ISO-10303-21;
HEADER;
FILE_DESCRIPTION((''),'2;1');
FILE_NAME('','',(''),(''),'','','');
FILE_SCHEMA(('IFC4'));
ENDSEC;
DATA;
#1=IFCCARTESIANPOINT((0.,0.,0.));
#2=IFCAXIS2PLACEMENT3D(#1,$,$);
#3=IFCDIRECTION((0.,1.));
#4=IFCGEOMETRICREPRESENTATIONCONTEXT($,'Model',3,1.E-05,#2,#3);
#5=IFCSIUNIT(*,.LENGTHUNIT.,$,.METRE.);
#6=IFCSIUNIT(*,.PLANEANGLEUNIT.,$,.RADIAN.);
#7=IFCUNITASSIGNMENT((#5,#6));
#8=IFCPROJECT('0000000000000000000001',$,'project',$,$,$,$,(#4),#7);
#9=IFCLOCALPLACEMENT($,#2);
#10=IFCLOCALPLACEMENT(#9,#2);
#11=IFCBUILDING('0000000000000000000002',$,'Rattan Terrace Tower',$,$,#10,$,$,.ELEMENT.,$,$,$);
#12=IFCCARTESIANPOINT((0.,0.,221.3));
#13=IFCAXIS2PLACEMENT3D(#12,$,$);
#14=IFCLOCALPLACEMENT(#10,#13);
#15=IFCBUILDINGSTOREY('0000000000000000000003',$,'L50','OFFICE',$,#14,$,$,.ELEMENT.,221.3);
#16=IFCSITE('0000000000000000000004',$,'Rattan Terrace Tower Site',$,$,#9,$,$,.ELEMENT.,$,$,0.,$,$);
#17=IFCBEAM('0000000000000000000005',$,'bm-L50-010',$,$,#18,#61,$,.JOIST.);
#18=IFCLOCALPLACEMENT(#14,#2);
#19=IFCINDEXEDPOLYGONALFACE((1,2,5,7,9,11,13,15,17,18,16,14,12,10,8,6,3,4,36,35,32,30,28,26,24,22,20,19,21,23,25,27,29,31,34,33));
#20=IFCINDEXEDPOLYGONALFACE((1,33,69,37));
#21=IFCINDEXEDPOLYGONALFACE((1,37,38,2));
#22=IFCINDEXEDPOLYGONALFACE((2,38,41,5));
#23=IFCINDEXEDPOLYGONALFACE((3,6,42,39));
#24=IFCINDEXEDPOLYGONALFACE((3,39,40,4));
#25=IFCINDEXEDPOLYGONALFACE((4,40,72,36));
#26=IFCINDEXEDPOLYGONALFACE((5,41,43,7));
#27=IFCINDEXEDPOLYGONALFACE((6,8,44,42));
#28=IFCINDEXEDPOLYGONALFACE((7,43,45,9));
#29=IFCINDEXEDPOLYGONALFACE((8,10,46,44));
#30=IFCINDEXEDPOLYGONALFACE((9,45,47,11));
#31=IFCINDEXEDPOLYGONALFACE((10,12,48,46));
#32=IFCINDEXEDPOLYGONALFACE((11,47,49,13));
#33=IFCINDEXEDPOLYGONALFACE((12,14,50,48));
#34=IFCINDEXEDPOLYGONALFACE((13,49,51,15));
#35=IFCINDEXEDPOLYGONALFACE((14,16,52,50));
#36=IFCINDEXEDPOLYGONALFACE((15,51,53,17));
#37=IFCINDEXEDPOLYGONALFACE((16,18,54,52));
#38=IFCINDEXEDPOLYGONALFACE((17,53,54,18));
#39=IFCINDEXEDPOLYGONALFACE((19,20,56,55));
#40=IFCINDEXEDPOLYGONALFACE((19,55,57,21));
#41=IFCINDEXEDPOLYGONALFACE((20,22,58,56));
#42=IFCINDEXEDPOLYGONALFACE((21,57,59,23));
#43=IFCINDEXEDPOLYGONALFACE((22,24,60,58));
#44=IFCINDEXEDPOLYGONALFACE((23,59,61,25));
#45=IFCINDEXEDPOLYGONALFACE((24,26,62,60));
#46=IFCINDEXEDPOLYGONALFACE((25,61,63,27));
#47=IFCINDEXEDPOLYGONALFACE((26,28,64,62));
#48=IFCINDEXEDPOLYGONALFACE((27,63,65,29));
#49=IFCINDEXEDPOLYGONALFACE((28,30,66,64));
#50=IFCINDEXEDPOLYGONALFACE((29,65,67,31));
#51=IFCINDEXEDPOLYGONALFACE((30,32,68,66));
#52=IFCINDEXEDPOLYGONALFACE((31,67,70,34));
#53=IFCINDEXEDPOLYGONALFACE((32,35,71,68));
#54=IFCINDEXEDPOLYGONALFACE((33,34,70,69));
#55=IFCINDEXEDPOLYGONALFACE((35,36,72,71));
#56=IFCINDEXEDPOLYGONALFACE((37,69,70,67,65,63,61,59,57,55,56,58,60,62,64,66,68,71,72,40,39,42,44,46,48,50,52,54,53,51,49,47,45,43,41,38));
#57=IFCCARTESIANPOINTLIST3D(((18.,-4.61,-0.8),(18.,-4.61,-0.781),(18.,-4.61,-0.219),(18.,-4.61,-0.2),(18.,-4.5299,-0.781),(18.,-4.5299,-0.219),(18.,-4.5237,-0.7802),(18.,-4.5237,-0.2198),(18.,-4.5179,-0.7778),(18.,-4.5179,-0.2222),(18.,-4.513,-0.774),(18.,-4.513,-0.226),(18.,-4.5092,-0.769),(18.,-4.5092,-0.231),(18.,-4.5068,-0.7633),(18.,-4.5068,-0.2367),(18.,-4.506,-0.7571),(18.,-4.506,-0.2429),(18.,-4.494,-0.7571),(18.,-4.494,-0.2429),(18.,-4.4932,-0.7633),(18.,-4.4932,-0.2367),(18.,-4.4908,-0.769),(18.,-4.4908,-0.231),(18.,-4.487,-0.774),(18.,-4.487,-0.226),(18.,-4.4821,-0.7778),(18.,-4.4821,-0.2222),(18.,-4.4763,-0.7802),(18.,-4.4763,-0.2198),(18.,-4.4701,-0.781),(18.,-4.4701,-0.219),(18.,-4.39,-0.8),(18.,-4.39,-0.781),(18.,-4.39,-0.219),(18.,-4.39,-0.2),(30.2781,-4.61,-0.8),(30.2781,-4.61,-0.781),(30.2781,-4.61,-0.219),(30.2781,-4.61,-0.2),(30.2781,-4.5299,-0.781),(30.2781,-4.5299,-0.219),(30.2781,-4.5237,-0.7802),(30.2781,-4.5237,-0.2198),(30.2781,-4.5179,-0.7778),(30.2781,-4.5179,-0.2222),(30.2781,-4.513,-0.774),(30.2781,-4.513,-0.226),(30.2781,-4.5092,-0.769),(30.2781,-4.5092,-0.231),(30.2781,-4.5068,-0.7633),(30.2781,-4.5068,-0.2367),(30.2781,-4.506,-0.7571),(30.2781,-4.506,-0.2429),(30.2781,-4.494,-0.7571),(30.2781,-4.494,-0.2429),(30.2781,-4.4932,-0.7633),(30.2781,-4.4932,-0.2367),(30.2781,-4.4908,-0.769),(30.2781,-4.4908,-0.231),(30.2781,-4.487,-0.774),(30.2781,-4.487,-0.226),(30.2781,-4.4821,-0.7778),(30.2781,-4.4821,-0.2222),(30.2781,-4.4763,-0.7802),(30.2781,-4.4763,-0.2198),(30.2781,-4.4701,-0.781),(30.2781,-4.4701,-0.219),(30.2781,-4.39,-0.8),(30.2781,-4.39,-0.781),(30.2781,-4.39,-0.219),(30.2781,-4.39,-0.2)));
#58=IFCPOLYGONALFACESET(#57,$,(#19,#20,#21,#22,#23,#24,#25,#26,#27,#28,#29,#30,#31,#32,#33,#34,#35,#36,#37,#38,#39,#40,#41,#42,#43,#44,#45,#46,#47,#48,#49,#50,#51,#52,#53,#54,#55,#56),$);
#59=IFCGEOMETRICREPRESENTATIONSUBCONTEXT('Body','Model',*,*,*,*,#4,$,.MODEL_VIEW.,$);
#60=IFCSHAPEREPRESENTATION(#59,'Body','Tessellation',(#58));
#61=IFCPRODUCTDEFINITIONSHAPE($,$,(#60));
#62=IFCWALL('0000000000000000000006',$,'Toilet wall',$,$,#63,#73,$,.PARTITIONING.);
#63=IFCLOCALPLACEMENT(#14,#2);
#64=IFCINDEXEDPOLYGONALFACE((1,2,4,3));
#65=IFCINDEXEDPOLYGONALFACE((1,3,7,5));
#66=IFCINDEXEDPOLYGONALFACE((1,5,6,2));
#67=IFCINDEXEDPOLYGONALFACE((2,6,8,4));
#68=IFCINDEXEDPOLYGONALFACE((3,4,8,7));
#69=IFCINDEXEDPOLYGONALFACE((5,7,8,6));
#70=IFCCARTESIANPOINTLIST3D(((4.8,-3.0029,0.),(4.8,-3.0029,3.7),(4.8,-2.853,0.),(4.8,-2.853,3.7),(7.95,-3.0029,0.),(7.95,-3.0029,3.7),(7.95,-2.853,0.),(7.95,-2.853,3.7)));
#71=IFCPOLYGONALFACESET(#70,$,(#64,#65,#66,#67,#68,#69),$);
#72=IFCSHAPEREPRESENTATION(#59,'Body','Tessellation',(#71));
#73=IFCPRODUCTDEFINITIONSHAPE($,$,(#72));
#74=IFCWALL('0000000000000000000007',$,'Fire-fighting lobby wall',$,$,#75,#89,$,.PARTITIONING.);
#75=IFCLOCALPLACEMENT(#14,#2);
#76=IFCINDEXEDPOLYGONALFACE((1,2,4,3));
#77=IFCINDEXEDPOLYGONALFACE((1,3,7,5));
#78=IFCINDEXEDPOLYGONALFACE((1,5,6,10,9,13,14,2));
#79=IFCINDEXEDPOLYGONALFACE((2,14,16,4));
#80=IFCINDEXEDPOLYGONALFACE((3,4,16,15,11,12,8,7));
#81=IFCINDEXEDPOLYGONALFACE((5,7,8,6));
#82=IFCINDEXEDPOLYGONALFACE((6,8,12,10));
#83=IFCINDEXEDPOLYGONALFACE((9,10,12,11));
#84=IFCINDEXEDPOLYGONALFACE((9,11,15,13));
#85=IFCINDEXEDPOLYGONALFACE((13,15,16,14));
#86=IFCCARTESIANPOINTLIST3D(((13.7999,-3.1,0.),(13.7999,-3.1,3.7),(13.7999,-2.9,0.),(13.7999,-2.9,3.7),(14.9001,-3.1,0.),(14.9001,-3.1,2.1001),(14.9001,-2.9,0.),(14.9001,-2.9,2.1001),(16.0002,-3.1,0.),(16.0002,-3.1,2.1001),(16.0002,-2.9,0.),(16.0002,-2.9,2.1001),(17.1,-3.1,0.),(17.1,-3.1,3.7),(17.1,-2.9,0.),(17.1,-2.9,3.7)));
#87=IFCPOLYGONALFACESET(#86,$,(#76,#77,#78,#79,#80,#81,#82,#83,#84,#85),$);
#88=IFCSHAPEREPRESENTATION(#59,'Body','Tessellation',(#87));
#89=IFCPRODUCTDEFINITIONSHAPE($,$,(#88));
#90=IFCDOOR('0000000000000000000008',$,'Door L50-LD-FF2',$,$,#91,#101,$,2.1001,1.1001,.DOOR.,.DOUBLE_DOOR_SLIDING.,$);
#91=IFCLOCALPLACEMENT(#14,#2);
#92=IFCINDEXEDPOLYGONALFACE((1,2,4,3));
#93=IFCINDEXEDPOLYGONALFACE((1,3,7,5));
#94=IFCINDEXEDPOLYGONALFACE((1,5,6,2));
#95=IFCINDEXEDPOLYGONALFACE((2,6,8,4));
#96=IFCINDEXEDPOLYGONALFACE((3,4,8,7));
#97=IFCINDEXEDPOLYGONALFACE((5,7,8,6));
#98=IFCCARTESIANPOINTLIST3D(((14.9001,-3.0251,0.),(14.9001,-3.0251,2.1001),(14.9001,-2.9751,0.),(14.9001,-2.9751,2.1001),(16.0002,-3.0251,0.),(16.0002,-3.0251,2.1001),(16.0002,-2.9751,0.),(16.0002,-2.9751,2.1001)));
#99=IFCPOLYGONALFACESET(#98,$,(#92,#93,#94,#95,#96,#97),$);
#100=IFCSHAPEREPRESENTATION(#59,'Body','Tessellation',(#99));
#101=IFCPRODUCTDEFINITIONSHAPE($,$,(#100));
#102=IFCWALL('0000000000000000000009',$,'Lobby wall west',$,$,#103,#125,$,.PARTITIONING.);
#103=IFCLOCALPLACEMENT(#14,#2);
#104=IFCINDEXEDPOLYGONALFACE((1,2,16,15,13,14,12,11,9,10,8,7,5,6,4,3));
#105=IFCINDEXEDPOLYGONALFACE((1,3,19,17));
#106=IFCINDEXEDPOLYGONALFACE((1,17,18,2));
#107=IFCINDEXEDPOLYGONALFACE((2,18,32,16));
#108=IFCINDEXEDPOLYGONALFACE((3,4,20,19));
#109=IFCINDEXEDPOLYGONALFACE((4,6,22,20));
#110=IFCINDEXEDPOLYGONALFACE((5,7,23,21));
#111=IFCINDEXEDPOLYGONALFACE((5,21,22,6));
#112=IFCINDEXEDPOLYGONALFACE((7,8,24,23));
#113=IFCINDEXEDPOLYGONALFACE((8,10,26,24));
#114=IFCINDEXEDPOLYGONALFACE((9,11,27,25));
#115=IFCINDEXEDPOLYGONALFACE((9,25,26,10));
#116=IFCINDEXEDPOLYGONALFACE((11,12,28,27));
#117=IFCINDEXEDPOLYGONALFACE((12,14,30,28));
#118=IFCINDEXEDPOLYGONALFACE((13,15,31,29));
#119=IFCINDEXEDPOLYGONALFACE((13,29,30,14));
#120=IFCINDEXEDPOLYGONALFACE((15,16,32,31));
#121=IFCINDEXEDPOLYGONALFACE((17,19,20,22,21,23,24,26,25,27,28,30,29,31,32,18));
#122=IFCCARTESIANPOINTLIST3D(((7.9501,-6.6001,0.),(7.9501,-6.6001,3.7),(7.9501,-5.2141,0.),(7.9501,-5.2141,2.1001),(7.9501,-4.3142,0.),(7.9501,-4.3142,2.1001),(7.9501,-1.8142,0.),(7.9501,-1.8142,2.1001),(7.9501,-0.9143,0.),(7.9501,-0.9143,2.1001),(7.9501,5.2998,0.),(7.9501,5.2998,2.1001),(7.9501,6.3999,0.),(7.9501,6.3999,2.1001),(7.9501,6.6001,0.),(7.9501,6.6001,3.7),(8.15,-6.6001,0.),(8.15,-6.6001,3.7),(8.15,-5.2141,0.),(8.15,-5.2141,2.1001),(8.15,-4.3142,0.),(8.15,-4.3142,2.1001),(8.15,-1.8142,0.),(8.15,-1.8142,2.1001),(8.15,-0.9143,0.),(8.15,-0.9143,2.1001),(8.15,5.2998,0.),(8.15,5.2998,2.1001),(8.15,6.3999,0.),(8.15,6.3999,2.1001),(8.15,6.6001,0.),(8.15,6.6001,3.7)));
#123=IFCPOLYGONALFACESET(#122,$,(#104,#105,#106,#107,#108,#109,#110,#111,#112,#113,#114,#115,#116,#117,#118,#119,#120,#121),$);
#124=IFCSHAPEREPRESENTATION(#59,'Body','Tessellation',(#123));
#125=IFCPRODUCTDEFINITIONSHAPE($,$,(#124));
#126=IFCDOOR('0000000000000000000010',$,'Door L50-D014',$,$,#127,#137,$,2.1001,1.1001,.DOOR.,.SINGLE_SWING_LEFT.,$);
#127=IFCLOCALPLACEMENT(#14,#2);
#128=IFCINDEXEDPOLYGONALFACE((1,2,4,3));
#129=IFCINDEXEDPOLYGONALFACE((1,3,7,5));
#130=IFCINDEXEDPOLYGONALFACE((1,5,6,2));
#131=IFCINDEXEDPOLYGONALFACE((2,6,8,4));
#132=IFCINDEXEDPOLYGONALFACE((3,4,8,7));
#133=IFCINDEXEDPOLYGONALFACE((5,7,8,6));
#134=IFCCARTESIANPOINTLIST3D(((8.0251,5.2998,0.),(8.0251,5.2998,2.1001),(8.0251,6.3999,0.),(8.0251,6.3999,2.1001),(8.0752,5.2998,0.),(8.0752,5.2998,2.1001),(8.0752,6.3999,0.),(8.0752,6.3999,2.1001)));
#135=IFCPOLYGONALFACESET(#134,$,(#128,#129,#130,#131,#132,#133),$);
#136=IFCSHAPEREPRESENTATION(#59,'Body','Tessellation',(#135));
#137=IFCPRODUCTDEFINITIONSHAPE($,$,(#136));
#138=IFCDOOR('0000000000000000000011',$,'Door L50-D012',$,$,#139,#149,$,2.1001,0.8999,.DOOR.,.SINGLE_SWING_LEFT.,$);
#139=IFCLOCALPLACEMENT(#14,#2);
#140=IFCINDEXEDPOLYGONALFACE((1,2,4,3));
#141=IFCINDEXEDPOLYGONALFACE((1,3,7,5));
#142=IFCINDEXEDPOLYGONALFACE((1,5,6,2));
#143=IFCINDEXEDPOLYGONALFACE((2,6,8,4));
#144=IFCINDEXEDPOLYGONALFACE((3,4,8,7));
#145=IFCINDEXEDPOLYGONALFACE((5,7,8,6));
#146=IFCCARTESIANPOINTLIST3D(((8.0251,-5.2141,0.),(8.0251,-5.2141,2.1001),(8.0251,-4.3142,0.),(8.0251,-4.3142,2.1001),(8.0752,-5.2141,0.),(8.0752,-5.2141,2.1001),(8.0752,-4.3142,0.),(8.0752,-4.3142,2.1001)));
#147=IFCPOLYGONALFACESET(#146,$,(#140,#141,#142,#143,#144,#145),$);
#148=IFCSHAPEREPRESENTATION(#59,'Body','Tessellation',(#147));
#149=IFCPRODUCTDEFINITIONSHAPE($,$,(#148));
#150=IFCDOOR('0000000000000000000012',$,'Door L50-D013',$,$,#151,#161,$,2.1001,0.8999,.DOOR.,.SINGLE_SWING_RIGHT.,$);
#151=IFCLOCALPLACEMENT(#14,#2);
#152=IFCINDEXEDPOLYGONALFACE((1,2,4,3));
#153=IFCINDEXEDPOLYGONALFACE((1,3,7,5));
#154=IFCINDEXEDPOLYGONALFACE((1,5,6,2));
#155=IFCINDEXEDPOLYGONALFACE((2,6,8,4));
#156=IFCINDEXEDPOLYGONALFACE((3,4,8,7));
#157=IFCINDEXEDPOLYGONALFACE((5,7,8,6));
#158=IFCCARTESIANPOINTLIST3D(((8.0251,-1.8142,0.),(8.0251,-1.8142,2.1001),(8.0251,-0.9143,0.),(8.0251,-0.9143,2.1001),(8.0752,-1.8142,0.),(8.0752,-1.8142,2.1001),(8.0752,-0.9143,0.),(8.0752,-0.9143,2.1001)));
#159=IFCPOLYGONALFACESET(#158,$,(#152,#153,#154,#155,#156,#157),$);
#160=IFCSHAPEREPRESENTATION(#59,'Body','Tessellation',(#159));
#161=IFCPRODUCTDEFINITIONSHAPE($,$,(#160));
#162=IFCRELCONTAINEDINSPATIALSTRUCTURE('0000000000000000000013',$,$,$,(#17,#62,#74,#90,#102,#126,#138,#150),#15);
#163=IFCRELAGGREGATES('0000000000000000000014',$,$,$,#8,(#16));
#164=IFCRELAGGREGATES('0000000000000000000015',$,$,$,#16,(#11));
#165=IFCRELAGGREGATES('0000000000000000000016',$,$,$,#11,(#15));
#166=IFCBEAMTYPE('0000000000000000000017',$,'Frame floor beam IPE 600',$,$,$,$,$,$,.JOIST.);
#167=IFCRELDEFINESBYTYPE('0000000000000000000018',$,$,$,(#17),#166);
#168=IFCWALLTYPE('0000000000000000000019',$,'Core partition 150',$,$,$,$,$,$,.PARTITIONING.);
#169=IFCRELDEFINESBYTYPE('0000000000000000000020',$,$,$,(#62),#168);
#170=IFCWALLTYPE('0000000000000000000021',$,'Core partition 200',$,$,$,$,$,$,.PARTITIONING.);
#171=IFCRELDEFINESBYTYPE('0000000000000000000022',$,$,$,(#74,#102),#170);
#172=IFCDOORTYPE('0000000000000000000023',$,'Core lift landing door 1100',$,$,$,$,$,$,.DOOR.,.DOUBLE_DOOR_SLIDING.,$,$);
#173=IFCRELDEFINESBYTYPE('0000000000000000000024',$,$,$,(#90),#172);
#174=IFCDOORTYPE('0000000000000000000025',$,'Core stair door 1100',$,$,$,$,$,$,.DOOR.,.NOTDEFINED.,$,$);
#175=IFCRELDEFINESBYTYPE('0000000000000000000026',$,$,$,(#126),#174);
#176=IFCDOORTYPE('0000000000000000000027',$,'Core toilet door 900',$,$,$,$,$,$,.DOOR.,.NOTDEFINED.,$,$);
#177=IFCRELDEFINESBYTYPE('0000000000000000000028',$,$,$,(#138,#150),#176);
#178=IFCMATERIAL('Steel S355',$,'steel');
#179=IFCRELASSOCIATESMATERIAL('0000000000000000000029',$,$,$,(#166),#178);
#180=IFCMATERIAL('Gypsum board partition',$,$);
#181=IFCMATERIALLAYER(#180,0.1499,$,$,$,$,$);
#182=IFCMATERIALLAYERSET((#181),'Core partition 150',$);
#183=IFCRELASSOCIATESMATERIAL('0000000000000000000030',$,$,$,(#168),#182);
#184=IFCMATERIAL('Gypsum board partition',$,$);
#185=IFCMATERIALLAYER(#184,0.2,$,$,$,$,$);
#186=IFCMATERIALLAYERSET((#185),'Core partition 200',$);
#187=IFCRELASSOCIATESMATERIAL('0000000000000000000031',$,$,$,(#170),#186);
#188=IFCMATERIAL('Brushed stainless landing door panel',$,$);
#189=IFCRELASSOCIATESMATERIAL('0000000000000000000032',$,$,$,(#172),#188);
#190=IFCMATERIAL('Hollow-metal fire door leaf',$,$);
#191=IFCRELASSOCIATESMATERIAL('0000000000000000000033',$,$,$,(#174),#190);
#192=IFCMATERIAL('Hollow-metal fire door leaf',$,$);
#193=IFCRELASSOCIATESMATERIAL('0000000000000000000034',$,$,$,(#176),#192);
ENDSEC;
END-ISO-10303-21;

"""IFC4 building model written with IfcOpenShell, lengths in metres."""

from ifc_helpers import new_model, si_unit, direction, frame, frame_2d, origin, origin_2d, place, context, subcontext, project, spatial, rectangle, i_section, extrude, material, layer, layer_set, material_profile, profile_set, type_object, element, fill, save


model = new_model("IFC4")

# Units and contexts
model_context = context("Model", 3, precision=1e-05, world=origin(), true_north=direction((0.0, 1.0)))
body_context = subcontext(model_context, "Body", "Model", "MODEL_VIEW")
ifc_project = project(units=[si_unit("LENGTHUNIT", "METRE"), si_unit("PLANEANGLEUNIT", "RADIAN")], contexts=[model_context])

# Site, building, storey
site_placement = place(None, origin())
site = spatial("IfcSite", under=ifc_project, at=site_placement, Name="Rattan Terrace Tower Site", CompositionType="ELEMENT", RefElevation=0.0)
building_placement = place(site_placement, origin())
building = spatial("IfcBuilding", under=site, at=building_placement, Name="Rattan Terrace Tower", CompositionType="ELEMENT")
storey_placement = place(building_placement, frame((0.0, 0.0, 221.3)))
storey = spatial("IfcBuildingStorey", under=building, at=storey_placement, Name="L50", Description="OFFICE", CompositionType="ELEMENT", Elevation=221.3)

# Beam
ifc_material_1 = material(Name="Steel S355", Category="steel")
ifc_material_profile = material_profile(ifc_material_1, i_section(OverallWidth=0.22, OverallDepth=0.6001, WebThickness=0.012, FlangeThickness=0.019, FilletRadius=0.0239, at=origin_2d()), Name="IPE 600")
ifc_profile_set = profile_set([ifc_material_profile], Name="Steel S355")
beam_type = type_object("IfcBeamType", Name="Frame floor beam IPE 600", PredefinedType="JOIST", material=ifc_profile_set)
beam_placement = place(storey_placement, frame((18.0, -4.5, -0.5), z_axis=(1.0, 0.0, 0.0), x_axis=(0.0, 1.0, 0.0)))
element("IfcBeam", 1, at=beam_placement, inside=storey, type_object=beam_type, Name="bm-L50-010", PredefinedType="JOIST", context=body_context, shape_type="SweptSolid", body=[
    extrude(i_section(OverallWidth=0.22, OverallDepth=0.6001, WebThickness=0.012, FlangeThickness=0.019, FilletRadius=0.0239, at=origin_2d()), origin(), (0.0, 0.0, 1.0), 12.2781),
])

# Wall
ifc_material_2 = material(Name="Gypsum board partition")
ifc_layer_1 = layer(ifc_material_2, 0.1499)
ifc_layer_set_1 = layer_set([ifc_layer_1], Name="Core partition 150")
wall_type_1 = type_object("IfcWallType", Name="Core partition 150", PredefinedType="PARTITIONING", material=ifc_layer_set_1)
wall_1_placement = place(storey_placement, frame((4.8, -2.928, 0.0), z_axis=(0.0, 0.0, 1.0), x_axis=(1.0, 0.0, 0.0)))
element("IfcWall", 2, at=wall_1_placement, inside=storey, type_object=wall_type_1, Name="Toilet wall", PredefinedType="PARTITIONING", context=body_context, shape_type="SweptSolid", body=[
    extrude(rectangle(XDim=3.1499, YDim=0.1499, at=frame_2d((1.575, 0.0))), origin(), (0.0, 0.0, 1.0), 3.7),
])

# Wall, opening, door
ifc_material_3 = material(Name="Gypsum board partition")
ifc_layer_2 = layer(ifc_material_3, 0.2)
ifc_layer_set_2 = layer_set([ifc_layer_2], Name="Core partition 200")
wall_type_2 = type_object("IfcWallType", Name="Core partition 200", PredefinedType="PARTITIONING", material=ifc_layer_set_2)
wall_2_placement = place(storey_placement, frame((13.8, -3.0, 0.0), z_axis=(0.0, 0.0, 1.0), x_axis=(1.0, 0.0, 0.0)))
wall_2 = element("IfcWall", 3, at=wall_2_placement, inside=storey, type_object=wall_type_2, Name="Fire-fighting lobby wall", PredefinedType="PARTITIONING", context=body_context, shape_type="SweptSolid", body=[
    extrude(rectangle(XDim=3.3, YDim=0.2, at=frame_2d((1.6499, 0.0))), origin(), (0.0, 0.0, 1.0), 3.7),
])
opening_1_placement = place(wall_2_placement, frame((1.1001, 0.0, 0.0)))
opening_1 = element("IfcOpeningElement", 4, at=opening_1_placement, cuts=wall_2, PredefinedType="OPENING", context=body_context, shape_type="SweptSolid", body=[
    extrude(rectangle(XDim=1.1001, YDim=2.1001, at=frame_2d((0.55, 1.05))), frame((0.0, 0.1106, 0.0), z_axis=(0.0, -1.0, 0.0), x_axis=(1.0, 0.0, 0.0)), (0.0, 0.0, 1.0), 0.2209),
])
ifc_material_4 = material(Name="Brushed stainless landing door panel")
door_type_1 = type_object("IfcDoorType", Name="Core lift landing door 1100", OperationType="DOUBLE_DOOR_SLIDING", PredefinedType="DOOR", material=ifc_material_4)
door_1_placement = place(opening_1_placement, origin())
door_1 = element("IfcDoor", 5, at=door_1_placement, inside=storey, type_object=door_type_1, Name="Door L50-LD-FF2", OperationType="DOUBLE_DOOR_SLIDING", OverallHeight=2.1001, OverallWidth=1.1001, PredefinedType="DOOR", context=body_context, shape_type="SweptSolid", body=[
    extrude(rectangle(XDim=1.1001, YDim=2.1001, at=frame_2d((0.55, 1.05))), frame((0.0, 0.0249, 0.0), z_axis=(0.0, -1.0, 0.0), x_axis=(1.0, 0.0, 0.0)), (0.0, 0.0, 1.0), 0.05),
])
fill(opening_1, door_1)

# Wall, openings, doors
wall_3_placement = place(storey_placement, frame((8.05, -6.6001, 0.0), z_axis=(0.0, 0.0, 1.0), x_axis=(0.0, 1.0, 0.0)))
wall_3 = element("IfcWall", 6, at=wall_3_placement, inside=storey, type_object=wall_type_2, Name="Lobby wall west", PredefinedType="PARTITIONING", context=body_context, shape_type="SweptSolid", body=[
    extrude(rectangle(XDim=13.2002, YDim=0.2, at=frame_2d((6.6001, 0.0))), origin(), (0.0, 0.0, 1.0), 3.7),
])
opening_2_placement = place(wall_3_placement, frame((1.386, 0.0, 0.0)))
opening_2 = element("IfcOpeningElement", 7, at=opening_2_placement, cuts=wall_3, PredefinedType="OPENING", context=body_context, shape_type="SweptSolid", body=[
    extrude(rectangle(XDim=0.8999, YDim=2.1001, at=frame_2d((0.45, 1.05))), frame((0.0, 0.1106, 0.0), z_axis=(0.0, -1.0, 0.0), x_axis=(1.0, 0.0, 0.0)), (0.0, 0.0, 1.0), 0.2209),
])
opening_3_placement = place(wall_3_placement, frame((4.7859, 0.0, 0.0)))
opening_3 = element("IfcOpeningElement", 8, at=opening_3_placement, cuts=wall_3, PredefinedType="OPENING", context=body_context, shape_type="SweptSolid", body=[
    extrude(rectangle(XDim=0.8999, YDim=2.1001, at=frame_2d((0.45, 1.05))), frame((0.0, 0.1106, 0.0), z_axis=(0.0, -1.0, 0.0), x_axis=(1.0, 0.0, 0.0)), (0.0, 0.0, 1.0), 0.2209),
])
opening_4_placement = place(wall_3_placement, frame((11.8999, 0.0, 0.0)))
opening_4 = element("IfcOpeningElement", 9, at=opening_4_placement, cuts=wall_3, PredefinedType="OPENING", context=body_context, shape_type="SweptSolid", body=[
    extrude(rectangle(XDim=1.1001, YDim=2.1001, at=frame_2d((0.55, 1.05))), frame((0.0, 0.1106, 0.0), z_axis=(0.0, -1.0, 0.0), x_axis=(1.0, 0.0, 0.0)), (0.0, 0.0, 1.0), 0.2209),
])
ifc_material_5 = material(Name="Hollow-metal fire door leaf")
door_type_2 = type_object("IfcDoorType", Name="Core stair door 1100", OperationType="NOTDEFINED", PredefinedType="DOOR", material=ifc_material_5)
door_2_placement = place(opening_4_placement, origin())
door_2 = element("IfcDoor", 10, at=door_2_placement, inside=storey, type_object=door_type_2, Name="Door L50-D014", OperationType="SINGLE_SWING_LEFT", OverallHeight=2.1001, OverallWidth=1.1001, PredefinedType="DOOR", context=body_context, shape_type="SweptSolid", body=[
    extrude(rectangle(XDim=1.1001, YDim=2.1001, at=frame_2d((0.55, 1.05))), frame((0.0, 0.0249, 0.0), z_axis=(0.0, -1.0, 0.0), x_axis=(1.0, 0.0, 0.0)), (0.0, 0.0, 1.0), 0.05),
])
fill(opening_4, door_2)
ifc_material_6 = material(Name="Hollow-metal fire door leaf")
door_type_3 = type_object("IfcDoorType", Name="Core toilet door 900", OperationType="NOTDEFINED", PredefinedType="DOOR", material=ifc_material_6)
door_3_placement = place(opening_2_placement, origin())
door_3 = element("IfcDoor", 11, at=door_3_placement, inside=storey, type_object=door_type_3, Name="Door L50-D012", OperationType="SINGLE_SWING_LEFT", OverallHeight=2.1001, OverallWidth=0.8999, PredefinedType="DOOR", context=body_context, shape_type="SweptSolid", body=[
    extrude(rectangle(XDim=0.8999, YDim=2.1001, at=frame_2d((0.45, 1.05))), frame((0.0, 0.0249, 0.0), z_axis=(0.0, -1.0, 0.0), x_axis=(1.0, 0.0, 0.0)), (0.0, 0.0, 1.0), 0.05),
])
fill(opening_2, door_3)
door_4_placement = place(opening_3_placement, origin())
door_4 = element("IfcDoor", 12, at=door_4_placement, inside=storey, type_object=door_type_3, Name="Door L50-D013", OperationType="SINGLE_SWING_RIGHT", OverallHeight=2.1001, OverallWidth=0.8999, PredefinedType="DOOR", context=body_context, shape_type="SweptSolid", body=[
    extrude(rectangle(XDim=0.8999, YDim=2.1001, at=frame_2d((0.45, 1.05))), frame((0.0, 0.0249, 0.0), z_axis=(0.0, -1.0, 0.0), x_axis=(1.0, 0.0, 0.0)), (0.0, 0.0, 1.0), 0.05),
])
fill(opening_3, door_4)

save(model, "model.ifc")
